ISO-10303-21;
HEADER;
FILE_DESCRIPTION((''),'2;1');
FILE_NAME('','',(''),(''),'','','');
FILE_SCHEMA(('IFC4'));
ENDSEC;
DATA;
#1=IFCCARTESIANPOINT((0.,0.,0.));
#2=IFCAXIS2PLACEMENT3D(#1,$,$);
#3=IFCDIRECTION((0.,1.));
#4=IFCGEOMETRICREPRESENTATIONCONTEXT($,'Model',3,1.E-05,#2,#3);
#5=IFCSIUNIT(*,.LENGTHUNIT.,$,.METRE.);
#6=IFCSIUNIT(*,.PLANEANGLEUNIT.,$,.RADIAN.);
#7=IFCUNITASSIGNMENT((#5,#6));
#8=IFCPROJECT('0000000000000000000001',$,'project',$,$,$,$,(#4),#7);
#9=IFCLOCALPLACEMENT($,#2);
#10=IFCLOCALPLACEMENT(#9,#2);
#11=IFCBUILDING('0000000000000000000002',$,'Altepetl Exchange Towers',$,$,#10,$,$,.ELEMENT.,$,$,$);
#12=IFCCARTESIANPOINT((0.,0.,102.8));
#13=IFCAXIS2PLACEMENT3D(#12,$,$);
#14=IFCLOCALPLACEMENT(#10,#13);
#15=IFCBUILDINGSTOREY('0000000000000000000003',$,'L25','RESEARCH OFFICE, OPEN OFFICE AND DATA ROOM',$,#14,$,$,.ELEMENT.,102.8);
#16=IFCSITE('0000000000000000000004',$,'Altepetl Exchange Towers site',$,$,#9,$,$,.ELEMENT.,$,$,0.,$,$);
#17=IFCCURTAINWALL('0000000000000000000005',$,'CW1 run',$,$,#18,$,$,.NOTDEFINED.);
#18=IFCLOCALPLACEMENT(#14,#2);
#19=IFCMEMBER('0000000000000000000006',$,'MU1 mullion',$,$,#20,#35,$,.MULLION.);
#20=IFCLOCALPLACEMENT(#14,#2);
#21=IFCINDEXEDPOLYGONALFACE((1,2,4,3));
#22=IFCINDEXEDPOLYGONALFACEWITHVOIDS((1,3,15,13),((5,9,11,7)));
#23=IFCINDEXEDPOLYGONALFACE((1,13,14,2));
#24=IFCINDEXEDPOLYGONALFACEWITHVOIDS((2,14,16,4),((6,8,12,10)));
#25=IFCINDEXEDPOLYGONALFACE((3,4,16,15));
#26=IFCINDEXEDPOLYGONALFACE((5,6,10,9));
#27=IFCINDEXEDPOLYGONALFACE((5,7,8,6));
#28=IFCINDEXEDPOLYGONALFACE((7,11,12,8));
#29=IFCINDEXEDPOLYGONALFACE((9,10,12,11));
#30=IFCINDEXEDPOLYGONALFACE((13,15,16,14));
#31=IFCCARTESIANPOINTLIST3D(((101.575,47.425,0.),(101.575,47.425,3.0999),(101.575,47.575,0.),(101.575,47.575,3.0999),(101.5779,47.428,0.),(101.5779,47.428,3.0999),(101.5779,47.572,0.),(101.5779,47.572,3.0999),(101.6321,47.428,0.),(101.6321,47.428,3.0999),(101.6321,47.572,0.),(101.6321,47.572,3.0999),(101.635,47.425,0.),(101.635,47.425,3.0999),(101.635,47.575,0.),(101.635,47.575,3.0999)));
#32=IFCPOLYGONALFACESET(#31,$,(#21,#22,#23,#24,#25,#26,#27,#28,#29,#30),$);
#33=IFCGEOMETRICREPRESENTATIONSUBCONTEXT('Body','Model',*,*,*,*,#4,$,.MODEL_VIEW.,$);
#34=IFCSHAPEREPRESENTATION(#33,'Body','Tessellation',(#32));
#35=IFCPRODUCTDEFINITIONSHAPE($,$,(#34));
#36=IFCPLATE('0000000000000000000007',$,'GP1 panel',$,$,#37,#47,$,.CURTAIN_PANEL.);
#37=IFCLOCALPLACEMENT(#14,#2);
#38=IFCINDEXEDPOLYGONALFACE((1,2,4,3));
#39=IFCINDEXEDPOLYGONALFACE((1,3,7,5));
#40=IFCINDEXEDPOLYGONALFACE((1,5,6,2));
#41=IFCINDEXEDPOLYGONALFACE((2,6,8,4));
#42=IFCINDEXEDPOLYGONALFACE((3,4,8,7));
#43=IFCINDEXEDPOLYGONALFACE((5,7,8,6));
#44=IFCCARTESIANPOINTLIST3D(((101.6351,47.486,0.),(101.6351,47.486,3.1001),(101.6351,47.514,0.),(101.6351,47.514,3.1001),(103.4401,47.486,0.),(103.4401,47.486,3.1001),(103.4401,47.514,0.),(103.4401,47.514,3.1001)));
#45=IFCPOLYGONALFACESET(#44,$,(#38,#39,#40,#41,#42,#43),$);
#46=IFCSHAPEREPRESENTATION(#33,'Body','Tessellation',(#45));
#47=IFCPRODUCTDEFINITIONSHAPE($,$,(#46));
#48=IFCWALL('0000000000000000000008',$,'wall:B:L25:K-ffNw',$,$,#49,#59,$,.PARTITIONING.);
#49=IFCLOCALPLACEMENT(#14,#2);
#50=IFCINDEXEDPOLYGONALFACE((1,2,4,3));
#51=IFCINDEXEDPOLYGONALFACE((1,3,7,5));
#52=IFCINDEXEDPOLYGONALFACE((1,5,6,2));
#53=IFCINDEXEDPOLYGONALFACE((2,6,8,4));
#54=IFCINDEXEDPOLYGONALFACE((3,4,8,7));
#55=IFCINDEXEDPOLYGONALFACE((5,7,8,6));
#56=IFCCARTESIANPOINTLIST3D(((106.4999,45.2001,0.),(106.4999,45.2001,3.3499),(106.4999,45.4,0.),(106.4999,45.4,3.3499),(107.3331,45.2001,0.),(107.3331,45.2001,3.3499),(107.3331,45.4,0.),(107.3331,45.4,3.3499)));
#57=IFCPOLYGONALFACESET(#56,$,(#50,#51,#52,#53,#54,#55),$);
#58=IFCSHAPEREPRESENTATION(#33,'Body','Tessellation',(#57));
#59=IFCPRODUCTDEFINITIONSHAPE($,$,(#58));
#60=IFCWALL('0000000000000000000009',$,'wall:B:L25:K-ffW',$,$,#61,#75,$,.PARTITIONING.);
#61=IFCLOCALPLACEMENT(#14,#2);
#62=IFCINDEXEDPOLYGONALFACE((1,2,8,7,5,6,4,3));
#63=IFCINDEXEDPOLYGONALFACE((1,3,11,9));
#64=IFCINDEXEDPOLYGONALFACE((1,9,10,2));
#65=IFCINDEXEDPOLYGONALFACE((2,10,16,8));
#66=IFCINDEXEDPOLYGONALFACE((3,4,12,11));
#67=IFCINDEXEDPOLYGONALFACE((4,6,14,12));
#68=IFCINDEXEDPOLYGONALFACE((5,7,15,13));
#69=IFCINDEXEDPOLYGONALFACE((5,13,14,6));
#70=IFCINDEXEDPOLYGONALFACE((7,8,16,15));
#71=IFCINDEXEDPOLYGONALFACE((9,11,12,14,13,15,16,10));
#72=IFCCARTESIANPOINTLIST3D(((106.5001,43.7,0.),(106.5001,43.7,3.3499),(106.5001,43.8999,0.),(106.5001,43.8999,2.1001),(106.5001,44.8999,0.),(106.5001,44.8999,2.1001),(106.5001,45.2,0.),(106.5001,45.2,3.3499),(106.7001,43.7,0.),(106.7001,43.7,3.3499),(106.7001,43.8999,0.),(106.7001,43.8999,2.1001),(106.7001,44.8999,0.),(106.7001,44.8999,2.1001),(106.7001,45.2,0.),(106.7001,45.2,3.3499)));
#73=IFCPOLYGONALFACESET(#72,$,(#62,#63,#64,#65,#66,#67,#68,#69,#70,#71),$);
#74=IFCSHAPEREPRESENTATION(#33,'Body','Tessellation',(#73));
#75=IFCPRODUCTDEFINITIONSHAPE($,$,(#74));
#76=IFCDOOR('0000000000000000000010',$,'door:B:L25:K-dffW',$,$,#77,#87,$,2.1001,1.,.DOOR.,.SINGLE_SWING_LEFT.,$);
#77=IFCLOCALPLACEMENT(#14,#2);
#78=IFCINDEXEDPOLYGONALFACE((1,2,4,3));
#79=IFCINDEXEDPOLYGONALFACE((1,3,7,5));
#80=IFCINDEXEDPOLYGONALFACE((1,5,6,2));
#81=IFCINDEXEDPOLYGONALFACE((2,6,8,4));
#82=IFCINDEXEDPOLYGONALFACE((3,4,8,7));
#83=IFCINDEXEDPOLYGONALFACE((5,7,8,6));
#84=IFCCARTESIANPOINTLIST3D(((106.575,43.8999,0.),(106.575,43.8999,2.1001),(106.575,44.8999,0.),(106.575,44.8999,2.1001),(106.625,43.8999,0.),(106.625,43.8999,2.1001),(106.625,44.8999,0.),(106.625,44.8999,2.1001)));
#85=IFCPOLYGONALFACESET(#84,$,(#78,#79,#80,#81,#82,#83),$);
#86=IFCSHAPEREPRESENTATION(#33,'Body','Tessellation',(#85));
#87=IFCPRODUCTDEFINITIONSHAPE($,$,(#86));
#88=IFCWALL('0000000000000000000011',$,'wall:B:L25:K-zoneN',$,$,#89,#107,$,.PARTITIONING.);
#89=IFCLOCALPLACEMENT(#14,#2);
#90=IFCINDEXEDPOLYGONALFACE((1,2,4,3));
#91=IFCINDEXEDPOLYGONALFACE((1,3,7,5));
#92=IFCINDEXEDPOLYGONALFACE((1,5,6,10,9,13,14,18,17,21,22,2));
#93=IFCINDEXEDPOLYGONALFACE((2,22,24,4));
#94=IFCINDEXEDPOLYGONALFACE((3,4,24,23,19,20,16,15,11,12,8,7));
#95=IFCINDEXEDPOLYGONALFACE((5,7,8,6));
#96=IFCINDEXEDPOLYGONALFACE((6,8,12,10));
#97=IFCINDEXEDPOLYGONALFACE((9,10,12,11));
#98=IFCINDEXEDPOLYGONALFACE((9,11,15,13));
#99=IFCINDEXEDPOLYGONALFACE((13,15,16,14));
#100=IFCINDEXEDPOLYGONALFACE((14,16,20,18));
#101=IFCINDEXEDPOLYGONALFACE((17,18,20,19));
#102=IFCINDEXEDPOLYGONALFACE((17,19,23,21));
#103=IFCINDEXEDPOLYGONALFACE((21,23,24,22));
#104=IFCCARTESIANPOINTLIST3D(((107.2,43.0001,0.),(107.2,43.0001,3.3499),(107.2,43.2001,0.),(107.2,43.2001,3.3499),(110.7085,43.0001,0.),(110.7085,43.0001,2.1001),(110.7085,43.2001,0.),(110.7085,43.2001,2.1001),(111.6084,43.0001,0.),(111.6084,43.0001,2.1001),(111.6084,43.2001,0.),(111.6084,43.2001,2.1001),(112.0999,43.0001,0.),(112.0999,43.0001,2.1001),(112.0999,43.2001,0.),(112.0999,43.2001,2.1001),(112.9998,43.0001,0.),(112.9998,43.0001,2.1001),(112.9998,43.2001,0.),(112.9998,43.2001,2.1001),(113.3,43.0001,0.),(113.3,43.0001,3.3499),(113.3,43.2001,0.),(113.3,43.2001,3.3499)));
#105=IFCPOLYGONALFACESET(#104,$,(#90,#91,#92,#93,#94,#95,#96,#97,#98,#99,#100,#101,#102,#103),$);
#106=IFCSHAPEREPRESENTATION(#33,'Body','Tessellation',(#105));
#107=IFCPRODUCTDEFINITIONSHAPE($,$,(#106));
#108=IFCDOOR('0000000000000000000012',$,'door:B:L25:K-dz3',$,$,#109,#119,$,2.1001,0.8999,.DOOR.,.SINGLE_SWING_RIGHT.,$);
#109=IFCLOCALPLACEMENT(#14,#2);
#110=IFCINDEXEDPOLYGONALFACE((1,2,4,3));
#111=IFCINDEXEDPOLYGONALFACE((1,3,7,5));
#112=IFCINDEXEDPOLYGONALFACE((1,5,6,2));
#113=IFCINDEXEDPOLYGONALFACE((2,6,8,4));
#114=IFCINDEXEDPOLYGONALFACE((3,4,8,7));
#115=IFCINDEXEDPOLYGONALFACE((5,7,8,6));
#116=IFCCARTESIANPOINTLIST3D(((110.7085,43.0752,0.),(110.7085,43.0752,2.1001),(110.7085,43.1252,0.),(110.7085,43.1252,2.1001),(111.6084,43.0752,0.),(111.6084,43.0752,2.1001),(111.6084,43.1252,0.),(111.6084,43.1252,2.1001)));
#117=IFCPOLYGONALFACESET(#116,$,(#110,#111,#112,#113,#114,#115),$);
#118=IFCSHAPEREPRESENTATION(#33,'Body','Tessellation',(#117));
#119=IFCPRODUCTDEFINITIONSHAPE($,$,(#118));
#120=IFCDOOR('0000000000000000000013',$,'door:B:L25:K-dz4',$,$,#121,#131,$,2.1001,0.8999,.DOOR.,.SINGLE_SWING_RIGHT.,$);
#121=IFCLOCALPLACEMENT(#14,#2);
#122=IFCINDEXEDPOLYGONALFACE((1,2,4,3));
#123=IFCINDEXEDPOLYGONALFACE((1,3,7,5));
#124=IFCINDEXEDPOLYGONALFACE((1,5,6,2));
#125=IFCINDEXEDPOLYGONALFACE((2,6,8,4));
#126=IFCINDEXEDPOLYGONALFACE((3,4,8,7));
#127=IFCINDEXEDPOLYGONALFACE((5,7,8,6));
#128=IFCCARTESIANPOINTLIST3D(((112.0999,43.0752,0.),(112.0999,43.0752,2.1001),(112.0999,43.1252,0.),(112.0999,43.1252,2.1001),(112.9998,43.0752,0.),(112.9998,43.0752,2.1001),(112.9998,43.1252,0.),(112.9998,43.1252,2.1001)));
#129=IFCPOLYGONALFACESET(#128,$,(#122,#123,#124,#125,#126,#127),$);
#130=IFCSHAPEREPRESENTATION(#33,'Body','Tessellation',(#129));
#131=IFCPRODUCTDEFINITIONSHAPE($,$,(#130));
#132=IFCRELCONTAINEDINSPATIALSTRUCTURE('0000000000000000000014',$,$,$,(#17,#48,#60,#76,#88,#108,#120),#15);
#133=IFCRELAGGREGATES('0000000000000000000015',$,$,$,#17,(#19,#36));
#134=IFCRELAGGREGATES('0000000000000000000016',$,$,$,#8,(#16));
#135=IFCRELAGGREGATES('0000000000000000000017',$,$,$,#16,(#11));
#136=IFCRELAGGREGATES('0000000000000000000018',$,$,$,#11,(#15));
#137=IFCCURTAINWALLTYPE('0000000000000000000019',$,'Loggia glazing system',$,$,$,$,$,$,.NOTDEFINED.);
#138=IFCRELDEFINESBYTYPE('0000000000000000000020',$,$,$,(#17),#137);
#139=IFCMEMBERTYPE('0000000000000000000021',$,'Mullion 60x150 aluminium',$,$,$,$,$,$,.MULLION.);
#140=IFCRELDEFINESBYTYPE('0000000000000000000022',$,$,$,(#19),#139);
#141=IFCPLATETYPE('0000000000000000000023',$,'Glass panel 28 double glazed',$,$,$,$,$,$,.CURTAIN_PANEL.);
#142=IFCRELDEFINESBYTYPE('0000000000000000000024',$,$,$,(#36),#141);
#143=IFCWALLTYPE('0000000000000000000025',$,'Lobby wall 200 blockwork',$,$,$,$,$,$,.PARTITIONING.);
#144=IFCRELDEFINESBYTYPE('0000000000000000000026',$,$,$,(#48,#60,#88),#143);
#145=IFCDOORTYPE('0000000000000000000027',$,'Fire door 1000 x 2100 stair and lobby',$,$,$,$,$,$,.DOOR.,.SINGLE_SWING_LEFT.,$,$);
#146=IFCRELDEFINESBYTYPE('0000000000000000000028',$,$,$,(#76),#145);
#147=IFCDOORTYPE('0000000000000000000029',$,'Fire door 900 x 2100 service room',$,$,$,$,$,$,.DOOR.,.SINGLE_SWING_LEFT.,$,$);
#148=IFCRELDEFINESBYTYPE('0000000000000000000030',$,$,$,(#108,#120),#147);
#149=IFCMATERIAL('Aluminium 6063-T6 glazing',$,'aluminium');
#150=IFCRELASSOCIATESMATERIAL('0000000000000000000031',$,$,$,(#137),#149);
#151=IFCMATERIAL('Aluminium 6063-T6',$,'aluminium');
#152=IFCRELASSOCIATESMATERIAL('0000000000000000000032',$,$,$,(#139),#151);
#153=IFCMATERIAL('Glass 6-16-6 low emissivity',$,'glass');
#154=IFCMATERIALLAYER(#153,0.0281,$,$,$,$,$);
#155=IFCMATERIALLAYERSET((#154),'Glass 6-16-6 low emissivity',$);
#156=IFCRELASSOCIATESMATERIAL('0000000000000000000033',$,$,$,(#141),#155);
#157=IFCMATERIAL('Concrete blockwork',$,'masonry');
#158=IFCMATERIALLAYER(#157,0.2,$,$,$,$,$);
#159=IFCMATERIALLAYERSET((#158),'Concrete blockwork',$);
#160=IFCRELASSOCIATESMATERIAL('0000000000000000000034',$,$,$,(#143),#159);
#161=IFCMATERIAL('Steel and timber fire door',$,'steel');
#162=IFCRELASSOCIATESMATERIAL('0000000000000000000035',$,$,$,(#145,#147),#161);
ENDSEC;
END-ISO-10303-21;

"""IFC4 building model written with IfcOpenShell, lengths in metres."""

from ifc_helpers import new_model, si_unit, direction, frame, frame_2d, origin, origin_2d, place, context, subcontext, project, spatial, rectangle, hollow_rectangle, extrude, material, layer, layer_set, material_profile, profile_set, type_object, element, fill, aggregate, save


model = new_model("IFC4")

# Units and contexts
model_context = context("Model", 3, precision=1e-05, world=origin(), true_north=direction((0.0, 1.0)))
body_context = subcontext(model_context, "Body", "Model", "MODEL_VIEW")
ifc_project = project(units=[si_unit("LENGTHUNIT", "METRE"), si_unit("PLANEANGLEUNIT", "RADIAN")], contexts=[model_context])

# Site, building, storey
site_placement = place(None, origin())
site = spatial("IfcSite", under=ifc_project, at=site_placement, Name="Altepetl Exchange Towers site", CompositionType="ELEMENT", RefElevation=0.0)
building_placement = place(site_placement, origin())
building = spatial("IfcBuilding", under=site, at=building_placement, Name="Altepetl Exchange Towers", CompositionType="ELEMENT")
storey_placement = place(building_placement, frame((0.0, 0.0, 102.8)))
storey = spatial("IfcBuildingStorey", under=building, at=storey_placement, Name="L25", Description="RESEARCH OFFICE, OPEN OFFICE AND DATA ROOM", CompositionType="ELEMENT", Elevation=102.8)

# Curtain wall, member, plate
ifc_material_1 = material(Name="Aluminium 6063-T6 glazing", Category="aluminium")
curtain_wall_type = type_object("IfcCurtainWallType", Name="Loggia glazing system", PredefinedType="NOTDEFINED", material=ifc_material_1)
curtain_wall_placement = place(storey_placement, origin())
curtain_wall = element("IfcCurtainWall", 1, at=curtain_wall_placement, inside=storey, type_object=curtain_wall_type, Name="CW1 run", PredefinedType="NOTDEFINED")
ifc_material_2 = material(Name="Aluminium 6063-T6", Category="aluminium")
ifc_material_profile = material_profile(ifc_material_2, hollow_rectangle(XDim=0.0601, YDim=0.1499, WallThickness=0.0029, at=origin_2d()), Name="Mullion 60x150 aluminium")
ifc_profile_set = profile_set([ifc_material_profile], Name="Aluminium 6063-T6")
member_type = type_object("IfcMemberType", Name="Mullion 60x150 aluminium", PredefinedType="MULLION", material=ifc_profile_set)
member_placement = place(storey_placement, frame((101.605, 47.5, 0.0), z_axis=(0.0, 0.0, 1.0), x_axis=(-1.0, 0.0, 0.0)))
member = element("IfcMember", 2, at=member_placement, type_object=member_type, Name="MU1 mullion", PredefinedType="MULLION", context=body_context, shape_type="SweptSolid", body=[
    extrude(hollow_rectangle(XDim=0.0601, YDim=0.1499, WallThickness=0.0029, at=origin_2d()), origin(), (0.0, 0.0, 1.0), 3.0999),
])
ifc_material_3 = material(Name="Glass 6-16-6 low emissivity", Category="glass")
ifc_layer_1 = layer(ifc_material_3, 0.0281)
ifc_layer_set_1 = layer_set([ifc_layer_1], Name="Glass 6-16-6 low emissivity")
plate_type = type_object("IfcPlateType", Name="Glass panel 28 double glazed", PredefinedType="CURTAIN_PANEL", material=ifc_layer_set_1)
plate_placement = place(storey_placement, frame((102.5376, 47.5, 0.0), z_axis=(0.0, 0.0, 1.0), x_axis=(-1.0, 0.0, 0.0)))
plate = element("IfcPlate", 3, at=plate_placement, type_object=plate_type, Name="GP1 panel", PredefinedType="CURTAIN_PANEL", context=body_context, shape_type="SweptSolid", body=[
    extrude(rectangle(XDim=1.8049, YDim=0.0281, at=origin_2d()), origin(), (0.0, 0.0, 1.0), 3.1001),
])
aggregate(curtain_wall, [member, plate])

# Wall
ifc_material_4 = material(Name="Concrete blockwork", Category="masonry")
ifc_layer_2 = layer(ifc_material_4, 0.2)
ifc_layer_set_2 = layer_set([ifc_layer_2], Name="Concrete blockwork")
wall_type_1 = type_object("IfcWallType", Name="Lobby wall 200 blockwork", PredefinedType="PARTITIONING", material=ifc_layer_set_2)
wall_1_placement = place(storey_placement, frame((106.5, 45.3, 0.0)))
element("IfcWall", 4, at=wall_1_placement, inside=storey, type_object=wall_type_1, Name="wall:B:L25:K-ffNw", PredefinedType="PARTITIONING", context=body_context, shape_type="SweptSolid", body=[
    extrude(rectangle(XDim=0.8333, YDim=0.2, at=frame_2d((0.4165, 0.0))), origin(), (0.0, 0.0, 1.0), 3.3499),
])

# Wall, opening, door
wall_2_placement = place(storey_placement, frame((106.6001, 43.7, 0.0), z_axis=(0.0, 0.0, 1.0), x_axis=(0.0, 1.0, 0.0)))
wall_2 = element("IfcWall", 5, at=wall_2_placement, inside=storey, type_object=wall_type_1, Name="wall:B:L25:K-ffW", PredefinedType="PARTITIONING", context=body_context, shape_type="SweptSolid", body=[
    extrude(rectangle(XDim=1.5, YDim=0.2, at=frame_2d((0.75, 0.0))), origin(), (0.0, 0.0, 1.0), 3.3499),
])
opening_1_placement = place(wall_2_placement, frame((0.2, 0.0, 0.0)))
opening_1 = element("IfcOpeningElement", 6, at=opening_1_placement, cuts=wall_2, PredefinedType="OPENING", context=body_context, shape_type="SweptSolid", body=[
    extrude(rectangle(XDim=1.0, YDim=2.1001, at=frame_2d((0.5, 1.05))), frame((0.0, 0.1099, 0.0), z_axis=(0.0, -1.0, 0.0), x_axis=(1.0, 0.0, 0.0)), (0.0, 0.0, 1.0), 0.22),
])
ifc_material_5 = material(Name="Steel and timber fire door", Category="steel")
door_type_1 = type_object("IfcDoorType", Name="Fire door 1000 x 2100 stair and lobby", OperationType="SINGLE_SWING_LEFT", PredefinedType="DOOR", material=ifc_material_5)
door_1_placement = place(opening_1_placement, frame((1.0, 0.0, 0.0), x_axis=(-1.0, 0.0, 0.0)))
door_1 = element("IfcDoor", 7, at=door_1_placement, inside=storey, type_object=door_type_1, Name="door:B:L25:K-dffW", OperationType="SINGLE_SWING_LEFT", OverallHeight=2.1001, OverallWidth=1.0, PredefinedType="DOOR", context=body_context, shape_type="SweptSolid", body=[
    extrude(rectangle(XDim=1.0, YDim=2.1001, at=frame_2d((0.5, 1.05))), frame((0.0, 0.0249, 0.0), z_axis=(0.0, -1.0, 0.0), x_axis=(1.0, 0.0, 0.0)), (0.0, 0.0, 1.0), 0.05),
])
fill(opening_1, door_1)

# Wall, openings, doors
wall_3_placement = place(storey_placement, frame((107.2, 43.1001, 0.0)))
wall_3 = element("IfcWall", 8, at=wall_3_placement, inside=storey, type_object=wall_type_1, Name="wall:B:L25:K-zoneN", PredefinedType="PARTITIONING", context=body_context, shape_type="SweptSolid", body=[
    extrude(rectangle(XDim=6.1001, YDim=0.2, at=frame_2d((3.05, 0.0))), origin(), (0.0, 0.0, 1.0), 3.3499),
])
opening_2_placement = place(wall_3_placement, frame((3.5085, 0.0, 0.0)))
opening_2 = element("IfcOpeningElement", 9, at=opening_2_placement, cuts=wall_3, PredefinedType="OPENING", context=body_context, shape_type="SweptSolid", body=[
    extrude(rectangle(XDim=0.8999, YDim=2.1001, at=frame_2d((0.45, 1.05))), frame((0.0, 0.1099, 0.0), z_axis=(0.0, -1.0, 0.0), x_axis=(1.0, 0.0, 0.0)), (0.0, 0.0, 1.0), 0.22),
])
opening_3_placement = place(wall_3_placement, frame((4.8999, 0.0, 0.0)))
opening_3 = element("IfcOpeningElement", 10, at=opening_3_placement, cuts=wall_3, PredefinedType="OPENING", context=body_context, shape_type="SweptSolid", body=[
    extrude(rectangle(XDim=0.8999, YDim=2.1001, at=frame_2d((0.45, 1.05))), frame((0.0, 0.1099, 0.0), z_axis=(0.0, -1.0, 0.0), x_axis=(1.0, 0.0, 0.0)), (0.0, 0.0, 1.0), 0.22),
])
door_type_2 = type_object("IfcDoorType", Name="Fire door 900 x 2100 service room", OperationType="SINGLE_SWING_LEFT", PredefinedType="DOOR", material=ifc_material_5)
door_2_placement = place(opening_2_placement, frame((0.8999, 0.0, 0.0), x_axis=(-1.0, 0.0, 0.0)))
door_2 = element("IfcDoor", 11, at=door_2_placement, inside=storey, type_object=door_type_2, Name="door:B:L25:K-dz3", OperationType="SINGLE_SWING_RIGHT", OverallHeight=2.1001, OverallWidth=0.8999, PredefinedType="DOOR", context=body_context, shape_type="SweptSolid", body=[
    extrude(rectangle(XDim=0.8999, YDim=2.1001, at=frame_2d((0.45, 1.05))), frame((0.0, 0.0249, 0.0), z_axis=(0.0, -1.0, 0.0), x_axis=(1.0, 0.0, 0.0)), (0.0, 0.0, 1.0), 0.05),
])
fill(opening_2, door_2)
door_3_placement = place(opening_3_placement, frame((0.8999, 0.0, 0.0), x_axis=(-1.0, 0.0, 0.0)))
door_3 = element("IfcDoor", 12, at=door_3_placement, inside=storey, type_object=door_type_2, Name="door:B:L25:K-dz4", OperationType="SINGLE_SWING_RIGHT", OverallHeight=2.1001, OverallWidth=0.8999, PredefinedType="DOOR", context=body_context, shape_type="SweptSolid", body=[
    extrude(rectangle(XDim=0.8999, YDim=2.1001, at=frame_2d((0.45, 1.05))), frame((0.0, 0.0249, 0.0), z_axis=(0.0, -1.0, 0.0), x_axis=(1.0, 0.0, 0.0)), (0.0, 0.0, 1.0), 0.05),
])
fill(opening_3, door_3)

save(model, "model.ifc")
